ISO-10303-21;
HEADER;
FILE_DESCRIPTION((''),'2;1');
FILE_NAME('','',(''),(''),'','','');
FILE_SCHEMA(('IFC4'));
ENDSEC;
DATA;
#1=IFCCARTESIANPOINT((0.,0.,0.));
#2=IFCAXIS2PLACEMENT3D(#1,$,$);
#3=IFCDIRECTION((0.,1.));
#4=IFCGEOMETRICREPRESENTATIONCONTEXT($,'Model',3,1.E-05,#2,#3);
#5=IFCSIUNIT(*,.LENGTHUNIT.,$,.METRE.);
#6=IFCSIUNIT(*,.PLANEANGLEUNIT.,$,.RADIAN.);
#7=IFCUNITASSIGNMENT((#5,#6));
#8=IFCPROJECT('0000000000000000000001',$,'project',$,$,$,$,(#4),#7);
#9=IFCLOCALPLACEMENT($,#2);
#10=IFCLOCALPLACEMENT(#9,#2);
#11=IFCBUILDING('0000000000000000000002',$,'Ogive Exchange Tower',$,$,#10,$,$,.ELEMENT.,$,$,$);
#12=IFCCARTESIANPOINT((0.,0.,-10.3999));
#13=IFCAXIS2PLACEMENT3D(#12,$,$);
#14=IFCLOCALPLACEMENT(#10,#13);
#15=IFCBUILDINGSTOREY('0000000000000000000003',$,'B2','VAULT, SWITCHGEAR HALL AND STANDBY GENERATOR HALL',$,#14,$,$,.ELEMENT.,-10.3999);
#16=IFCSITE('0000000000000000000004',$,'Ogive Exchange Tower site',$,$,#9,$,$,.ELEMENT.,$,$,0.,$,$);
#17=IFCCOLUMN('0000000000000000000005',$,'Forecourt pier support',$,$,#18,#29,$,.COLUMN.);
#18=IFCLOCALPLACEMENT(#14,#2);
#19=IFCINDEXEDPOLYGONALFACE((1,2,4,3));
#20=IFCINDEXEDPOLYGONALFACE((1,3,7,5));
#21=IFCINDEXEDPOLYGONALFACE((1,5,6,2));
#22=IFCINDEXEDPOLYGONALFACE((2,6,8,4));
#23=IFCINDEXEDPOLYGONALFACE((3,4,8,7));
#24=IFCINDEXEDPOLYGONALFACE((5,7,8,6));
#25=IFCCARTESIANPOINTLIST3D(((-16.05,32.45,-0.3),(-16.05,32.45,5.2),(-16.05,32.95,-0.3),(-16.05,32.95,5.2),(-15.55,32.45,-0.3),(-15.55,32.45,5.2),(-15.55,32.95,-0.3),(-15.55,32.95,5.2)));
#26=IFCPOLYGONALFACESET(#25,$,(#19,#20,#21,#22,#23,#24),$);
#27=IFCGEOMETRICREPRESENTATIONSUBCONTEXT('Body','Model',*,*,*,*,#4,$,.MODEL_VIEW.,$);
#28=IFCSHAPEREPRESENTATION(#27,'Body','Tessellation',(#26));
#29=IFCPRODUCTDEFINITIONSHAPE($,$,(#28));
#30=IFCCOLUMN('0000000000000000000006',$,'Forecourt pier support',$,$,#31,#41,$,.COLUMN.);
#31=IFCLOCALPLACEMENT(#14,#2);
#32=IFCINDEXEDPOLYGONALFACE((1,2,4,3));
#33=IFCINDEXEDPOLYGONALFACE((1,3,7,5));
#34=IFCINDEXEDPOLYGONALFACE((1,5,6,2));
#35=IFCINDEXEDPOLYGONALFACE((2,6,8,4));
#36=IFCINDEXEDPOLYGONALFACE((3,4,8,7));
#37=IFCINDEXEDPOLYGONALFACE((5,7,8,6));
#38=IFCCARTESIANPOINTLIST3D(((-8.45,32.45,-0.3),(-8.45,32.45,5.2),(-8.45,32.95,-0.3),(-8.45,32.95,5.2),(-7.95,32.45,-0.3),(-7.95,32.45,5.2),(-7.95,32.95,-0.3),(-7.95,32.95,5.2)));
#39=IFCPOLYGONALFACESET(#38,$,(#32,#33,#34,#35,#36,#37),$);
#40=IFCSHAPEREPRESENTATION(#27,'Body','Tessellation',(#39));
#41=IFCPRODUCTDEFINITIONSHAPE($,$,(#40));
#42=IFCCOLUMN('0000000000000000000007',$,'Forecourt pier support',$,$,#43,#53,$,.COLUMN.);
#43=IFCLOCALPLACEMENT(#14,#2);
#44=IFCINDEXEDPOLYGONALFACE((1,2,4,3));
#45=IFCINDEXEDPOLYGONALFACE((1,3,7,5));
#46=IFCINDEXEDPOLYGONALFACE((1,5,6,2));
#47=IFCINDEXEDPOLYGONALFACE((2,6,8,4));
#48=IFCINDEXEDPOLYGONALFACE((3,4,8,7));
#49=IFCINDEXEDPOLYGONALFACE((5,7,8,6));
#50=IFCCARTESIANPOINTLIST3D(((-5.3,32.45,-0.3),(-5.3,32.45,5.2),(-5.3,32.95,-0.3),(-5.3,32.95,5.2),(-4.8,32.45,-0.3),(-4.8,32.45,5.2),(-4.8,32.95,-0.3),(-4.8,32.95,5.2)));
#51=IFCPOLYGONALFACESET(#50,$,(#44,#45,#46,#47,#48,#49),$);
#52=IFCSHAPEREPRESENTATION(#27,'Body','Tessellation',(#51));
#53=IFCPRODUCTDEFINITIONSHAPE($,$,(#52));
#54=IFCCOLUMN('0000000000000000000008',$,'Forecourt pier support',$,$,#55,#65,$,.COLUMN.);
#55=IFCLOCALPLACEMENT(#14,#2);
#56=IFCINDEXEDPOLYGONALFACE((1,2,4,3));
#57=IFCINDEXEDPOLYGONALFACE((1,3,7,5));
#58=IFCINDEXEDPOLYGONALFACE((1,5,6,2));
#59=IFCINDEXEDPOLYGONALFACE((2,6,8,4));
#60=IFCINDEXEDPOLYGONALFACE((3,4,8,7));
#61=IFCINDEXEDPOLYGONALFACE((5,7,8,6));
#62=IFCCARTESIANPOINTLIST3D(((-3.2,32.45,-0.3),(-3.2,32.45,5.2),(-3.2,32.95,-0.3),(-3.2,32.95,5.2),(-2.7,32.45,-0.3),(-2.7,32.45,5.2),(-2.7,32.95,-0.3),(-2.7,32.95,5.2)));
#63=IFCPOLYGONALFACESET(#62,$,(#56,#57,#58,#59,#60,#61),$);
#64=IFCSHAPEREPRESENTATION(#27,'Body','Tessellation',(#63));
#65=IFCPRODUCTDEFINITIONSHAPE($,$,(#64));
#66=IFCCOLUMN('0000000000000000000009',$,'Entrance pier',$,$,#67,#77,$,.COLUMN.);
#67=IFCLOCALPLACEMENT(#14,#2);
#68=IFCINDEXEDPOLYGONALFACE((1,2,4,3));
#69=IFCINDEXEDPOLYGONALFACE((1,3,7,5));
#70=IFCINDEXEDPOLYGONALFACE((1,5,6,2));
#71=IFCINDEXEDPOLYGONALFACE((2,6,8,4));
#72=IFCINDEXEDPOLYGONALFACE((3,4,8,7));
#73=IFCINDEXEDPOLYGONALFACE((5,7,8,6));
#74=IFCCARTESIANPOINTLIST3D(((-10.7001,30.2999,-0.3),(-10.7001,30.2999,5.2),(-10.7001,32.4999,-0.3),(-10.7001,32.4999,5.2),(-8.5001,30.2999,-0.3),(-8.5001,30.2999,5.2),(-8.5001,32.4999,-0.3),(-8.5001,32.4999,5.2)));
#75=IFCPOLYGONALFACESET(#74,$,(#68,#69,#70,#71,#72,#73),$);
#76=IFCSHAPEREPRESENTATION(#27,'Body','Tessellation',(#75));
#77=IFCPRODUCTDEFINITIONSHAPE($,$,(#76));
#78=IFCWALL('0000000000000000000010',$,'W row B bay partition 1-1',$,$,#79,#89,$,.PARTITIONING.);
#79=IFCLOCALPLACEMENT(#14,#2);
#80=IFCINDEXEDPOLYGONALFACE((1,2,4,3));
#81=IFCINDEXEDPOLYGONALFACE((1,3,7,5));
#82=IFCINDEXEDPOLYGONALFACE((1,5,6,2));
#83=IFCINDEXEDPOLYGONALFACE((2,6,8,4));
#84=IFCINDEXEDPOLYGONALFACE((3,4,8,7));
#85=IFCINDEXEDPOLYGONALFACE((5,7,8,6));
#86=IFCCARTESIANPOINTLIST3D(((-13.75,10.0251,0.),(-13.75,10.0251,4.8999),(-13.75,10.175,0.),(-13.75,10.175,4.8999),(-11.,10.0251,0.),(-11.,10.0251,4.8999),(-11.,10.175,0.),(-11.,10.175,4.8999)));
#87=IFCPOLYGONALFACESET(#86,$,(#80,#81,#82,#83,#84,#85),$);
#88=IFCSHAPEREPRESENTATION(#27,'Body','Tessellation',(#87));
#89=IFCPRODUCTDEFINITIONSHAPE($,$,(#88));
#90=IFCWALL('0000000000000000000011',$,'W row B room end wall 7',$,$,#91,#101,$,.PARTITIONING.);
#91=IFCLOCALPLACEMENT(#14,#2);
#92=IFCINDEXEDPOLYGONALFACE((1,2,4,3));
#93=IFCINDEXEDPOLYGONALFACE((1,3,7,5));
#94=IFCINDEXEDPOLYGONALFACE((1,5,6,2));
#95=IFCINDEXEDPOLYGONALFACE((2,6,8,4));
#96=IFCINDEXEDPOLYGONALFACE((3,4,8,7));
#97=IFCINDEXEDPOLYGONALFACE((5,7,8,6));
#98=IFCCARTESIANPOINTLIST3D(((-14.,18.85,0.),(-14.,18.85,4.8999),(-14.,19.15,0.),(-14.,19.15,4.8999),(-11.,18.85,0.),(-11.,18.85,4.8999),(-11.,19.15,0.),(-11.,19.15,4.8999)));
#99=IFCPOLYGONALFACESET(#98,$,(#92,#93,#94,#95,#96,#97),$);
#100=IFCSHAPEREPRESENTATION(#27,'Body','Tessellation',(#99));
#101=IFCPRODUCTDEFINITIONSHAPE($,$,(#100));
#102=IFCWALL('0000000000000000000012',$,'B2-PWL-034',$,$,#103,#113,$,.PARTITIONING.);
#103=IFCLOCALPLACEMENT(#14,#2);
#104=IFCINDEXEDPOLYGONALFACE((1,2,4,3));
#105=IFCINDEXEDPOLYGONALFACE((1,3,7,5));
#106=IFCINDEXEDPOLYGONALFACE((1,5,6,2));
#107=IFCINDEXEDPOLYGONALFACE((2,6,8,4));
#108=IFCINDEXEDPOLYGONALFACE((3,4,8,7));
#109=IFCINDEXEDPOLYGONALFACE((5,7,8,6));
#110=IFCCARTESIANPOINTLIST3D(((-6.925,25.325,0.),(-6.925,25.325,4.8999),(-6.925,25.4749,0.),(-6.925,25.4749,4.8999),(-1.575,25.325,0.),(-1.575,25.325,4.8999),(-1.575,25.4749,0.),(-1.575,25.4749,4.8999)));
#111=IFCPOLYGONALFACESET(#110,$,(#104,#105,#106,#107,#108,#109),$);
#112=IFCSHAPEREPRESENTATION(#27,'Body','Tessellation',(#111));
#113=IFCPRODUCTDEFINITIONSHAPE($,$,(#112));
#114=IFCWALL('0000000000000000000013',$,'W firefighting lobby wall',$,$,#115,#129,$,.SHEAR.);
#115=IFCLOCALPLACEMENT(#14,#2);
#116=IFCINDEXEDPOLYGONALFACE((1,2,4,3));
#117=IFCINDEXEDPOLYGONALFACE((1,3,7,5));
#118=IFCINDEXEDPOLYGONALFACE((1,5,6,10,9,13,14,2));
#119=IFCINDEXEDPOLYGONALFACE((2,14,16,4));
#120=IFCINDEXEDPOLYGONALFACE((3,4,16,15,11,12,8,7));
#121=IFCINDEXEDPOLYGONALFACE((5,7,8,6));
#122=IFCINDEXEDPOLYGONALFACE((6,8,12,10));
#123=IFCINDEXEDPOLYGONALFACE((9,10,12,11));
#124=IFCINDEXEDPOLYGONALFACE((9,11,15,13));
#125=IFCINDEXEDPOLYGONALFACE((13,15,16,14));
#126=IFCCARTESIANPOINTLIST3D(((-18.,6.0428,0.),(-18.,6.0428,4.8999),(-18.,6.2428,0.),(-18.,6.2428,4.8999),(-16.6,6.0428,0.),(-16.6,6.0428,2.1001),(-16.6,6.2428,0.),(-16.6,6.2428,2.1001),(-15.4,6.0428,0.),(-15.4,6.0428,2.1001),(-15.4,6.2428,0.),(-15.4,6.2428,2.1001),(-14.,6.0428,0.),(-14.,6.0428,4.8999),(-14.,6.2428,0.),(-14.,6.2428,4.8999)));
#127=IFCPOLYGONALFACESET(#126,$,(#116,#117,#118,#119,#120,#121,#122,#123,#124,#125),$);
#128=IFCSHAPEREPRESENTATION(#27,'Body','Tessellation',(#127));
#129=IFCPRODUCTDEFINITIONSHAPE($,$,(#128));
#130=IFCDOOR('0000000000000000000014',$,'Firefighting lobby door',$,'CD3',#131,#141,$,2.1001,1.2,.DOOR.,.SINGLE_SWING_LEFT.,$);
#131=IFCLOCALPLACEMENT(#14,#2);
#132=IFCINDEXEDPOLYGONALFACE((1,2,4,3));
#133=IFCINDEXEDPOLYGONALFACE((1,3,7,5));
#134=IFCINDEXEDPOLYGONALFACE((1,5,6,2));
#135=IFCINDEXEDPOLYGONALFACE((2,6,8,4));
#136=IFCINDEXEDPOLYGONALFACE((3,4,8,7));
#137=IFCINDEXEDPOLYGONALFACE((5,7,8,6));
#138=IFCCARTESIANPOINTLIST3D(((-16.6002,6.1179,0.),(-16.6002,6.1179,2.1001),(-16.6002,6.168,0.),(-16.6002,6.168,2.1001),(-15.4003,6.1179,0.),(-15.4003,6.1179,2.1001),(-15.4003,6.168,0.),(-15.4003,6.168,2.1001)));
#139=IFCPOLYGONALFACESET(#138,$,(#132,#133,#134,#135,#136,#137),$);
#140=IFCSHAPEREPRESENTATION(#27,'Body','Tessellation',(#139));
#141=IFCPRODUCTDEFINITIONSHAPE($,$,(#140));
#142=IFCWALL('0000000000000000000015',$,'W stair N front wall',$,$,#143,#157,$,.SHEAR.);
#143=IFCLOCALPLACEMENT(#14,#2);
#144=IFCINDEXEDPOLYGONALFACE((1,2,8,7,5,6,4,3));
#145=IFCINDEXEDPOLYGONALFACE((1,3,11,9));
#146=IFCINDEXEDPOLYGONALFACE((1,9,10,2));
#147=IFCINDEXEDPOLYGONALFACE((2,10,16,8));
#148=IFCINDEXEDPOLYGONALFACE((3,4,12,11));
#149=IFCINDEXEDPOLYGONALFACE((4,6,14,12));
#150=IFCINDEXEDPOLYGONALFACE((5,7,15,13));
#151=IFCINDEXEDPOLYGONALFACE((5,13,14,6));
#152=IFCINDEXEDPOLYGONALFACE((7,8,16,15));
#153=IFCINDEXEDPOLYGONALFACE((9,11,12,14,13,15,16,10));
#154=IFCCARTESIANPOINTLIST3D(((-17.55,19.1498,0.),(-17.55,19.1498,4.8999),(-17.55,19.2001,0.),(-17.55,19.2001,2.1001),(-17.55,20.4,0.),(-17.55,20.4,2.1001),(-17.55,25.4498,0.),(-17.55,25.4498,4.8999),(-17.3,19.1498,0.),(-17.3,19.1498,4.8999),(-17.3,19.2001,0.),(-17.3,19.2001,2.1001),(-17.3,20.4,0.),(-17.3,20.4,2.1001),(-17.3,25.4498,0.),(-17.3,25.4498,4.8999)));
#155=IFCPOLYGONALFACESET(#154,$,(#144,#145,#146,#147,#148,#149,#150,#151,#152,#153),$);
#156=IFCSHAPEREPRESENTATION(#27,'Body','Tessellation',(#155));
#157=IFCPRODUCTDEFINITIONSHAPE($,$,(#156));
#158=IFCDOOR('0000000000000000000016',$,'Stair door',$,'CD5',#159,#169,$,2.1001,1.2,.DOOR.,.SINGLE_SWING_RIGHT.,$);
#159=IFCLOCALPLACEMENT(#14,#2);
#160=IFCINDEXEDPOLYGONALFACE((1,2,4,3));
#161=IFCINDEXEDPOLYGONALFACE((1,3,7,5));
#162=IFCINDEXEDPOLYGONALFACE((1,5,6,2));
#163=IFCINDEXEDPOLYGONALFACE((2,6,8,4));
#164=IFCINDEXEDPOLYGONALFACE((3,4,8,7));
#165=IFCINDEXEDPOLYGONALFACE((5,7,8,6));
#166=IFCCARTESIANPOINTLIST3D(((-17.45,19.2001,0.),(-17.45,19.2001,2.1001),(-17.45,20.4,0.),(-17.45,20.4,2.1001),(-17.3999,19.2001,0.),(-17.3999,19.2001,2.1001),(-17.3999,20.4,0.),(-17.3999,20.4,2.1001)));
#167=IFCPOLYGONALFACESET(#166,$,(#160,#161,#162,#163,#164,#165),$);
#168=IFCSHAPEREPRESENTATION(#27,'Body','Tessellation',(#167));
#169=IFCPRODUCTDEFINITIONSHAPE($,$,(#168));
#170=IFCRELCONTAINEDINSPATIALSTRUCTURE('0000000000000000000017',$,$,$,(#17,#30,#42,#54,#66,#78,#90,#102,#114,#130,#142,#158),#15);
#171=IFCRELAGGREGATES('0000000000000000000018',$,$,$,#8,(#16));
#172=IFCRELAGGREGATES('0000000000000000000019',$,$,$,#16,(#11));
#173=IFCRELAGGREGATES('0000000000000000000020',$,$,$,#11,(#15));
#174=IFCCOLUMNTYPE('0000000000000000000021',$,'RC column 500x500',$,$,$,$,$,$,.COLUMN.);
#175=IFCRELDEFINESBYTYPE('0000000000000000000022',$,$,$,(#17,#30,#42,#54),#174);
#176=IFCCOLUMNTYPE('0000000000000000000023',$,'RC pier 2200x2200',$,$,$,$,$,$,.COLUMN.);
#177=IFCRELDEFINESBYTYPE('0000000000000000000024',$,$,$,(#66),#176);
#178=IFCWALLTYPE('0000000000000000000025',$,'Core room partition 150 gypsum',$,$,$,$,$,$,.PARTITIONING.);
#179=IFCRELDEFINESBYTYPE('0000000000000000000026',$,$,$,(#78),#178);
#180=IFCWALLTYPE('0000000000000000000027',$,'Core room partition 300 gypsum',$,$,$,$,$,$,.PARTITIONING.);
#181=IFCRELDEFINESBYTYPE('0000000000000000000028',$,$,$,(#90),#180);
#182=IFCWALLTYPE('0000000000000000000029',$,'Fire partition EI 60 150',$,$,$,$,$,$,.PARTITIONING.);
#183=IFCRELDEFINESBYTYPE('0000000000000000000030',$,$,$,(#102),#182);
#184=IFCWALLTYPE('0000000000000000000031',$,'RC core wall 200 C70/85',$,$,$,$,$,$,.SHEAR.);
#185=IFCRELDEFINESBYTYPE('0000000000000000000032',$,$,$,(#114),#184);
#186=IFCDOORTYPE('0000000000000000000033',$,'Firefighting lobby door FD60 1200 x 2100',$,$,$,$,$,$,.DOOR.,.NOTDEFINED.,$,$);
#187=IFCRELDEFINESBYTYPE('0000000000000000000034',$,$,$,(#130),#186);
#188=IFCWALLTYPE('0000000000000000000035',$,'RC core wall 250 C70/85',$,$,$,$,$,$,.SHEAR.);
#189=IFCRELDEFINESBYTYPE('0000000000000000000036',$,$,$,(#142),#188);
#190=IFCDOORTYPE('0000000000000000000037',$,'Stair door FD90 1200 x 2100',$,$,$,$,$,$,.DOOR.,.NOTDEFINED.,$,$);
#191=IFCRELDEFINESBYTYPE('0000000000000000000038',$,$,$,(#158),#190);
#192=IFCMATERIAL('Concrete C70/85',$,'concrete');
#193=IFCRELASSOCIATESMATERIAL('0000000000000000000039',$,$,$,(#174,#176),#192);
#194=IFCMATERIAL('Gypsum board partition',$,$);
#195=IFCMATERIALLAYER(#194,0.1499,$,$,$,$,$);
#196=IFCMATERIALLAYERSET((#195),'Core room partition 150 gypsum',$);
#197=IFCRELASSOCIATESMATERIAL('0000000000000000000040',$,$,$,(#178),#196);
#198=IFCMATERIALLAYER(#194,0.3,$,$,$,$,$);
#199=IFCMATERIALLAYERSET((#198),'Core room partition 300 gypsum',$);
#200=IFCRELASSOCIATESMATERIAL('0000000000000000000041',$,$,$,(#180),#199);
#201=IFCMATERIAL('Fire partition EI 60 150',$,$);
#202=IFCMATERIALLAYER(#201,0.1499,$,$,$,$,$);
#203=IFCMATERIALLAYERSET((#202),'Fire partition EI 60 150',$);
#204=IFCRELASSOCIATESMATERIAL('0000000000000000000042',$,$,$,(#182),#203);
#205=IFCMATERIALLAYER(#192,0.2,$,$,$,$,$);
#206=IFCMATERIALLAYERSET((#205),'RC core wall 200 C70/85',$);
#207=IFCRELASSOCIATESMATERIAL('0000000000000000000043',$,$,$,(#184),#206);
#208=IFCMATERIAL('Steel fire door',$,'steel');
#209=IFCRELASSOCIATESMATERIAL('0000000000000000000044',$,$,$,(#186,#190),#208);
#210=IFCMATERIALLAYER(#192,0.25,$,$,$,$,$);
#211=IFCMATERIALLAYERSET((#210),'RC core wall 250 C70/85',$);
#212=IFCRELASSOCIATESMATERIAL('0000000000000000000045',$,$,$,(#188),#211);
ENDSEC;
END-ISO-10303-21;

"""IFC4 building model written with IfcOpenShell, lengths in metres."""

from ifc_helpers import new_model, si_unit, direction, frame, frame_2d, origin, origin_2d, place, context, subcontext, project, spatial, rectangle, extrude, material, layer, layer_set, material_profile, profile_set, type_object, element, fill, save


model = new_model("IFC4")

# Units and contexts
model_context = context("Model", 3, precision=1e-05, world=origin(), true_north=direction((0.0, 1.0)))
body_context = subcontext(model_context, "Body", "Model", "MODEL_VIEW")
ifc_project = project(units=[si_unit("LENGTHUNIT", "METRE"), si_unit("PLANEANGLEUNIT", "RADIAN")], contexts=[model_context])

# Site, building, storey
site_placement = place(None, origin())
site = spatial("IfcSite", under=ifc_project, at=site_placement, Name="Ogive Exchange Tower site", CompositionType="ELEMENT", RefElevation=0.0)
building_placement = place(site_placement, origin())
building = spatial("IfcBuilding", under=site, at=building_placement, Name="Ogive Exchange Tower", CompositionType="ELEMENT")
storey_placement = place(building_placement, frame((0.0, 0.0, -10.3999)))
storey = spatial("IfcBuildingStorey", under=building, at=storey_placement, Name="B2", Description="VAULT, SWITCHGEAR HALL AND STANDBY GENERATOR HALL", CompositionType="ELEMENT", Elevation=-10.3999)

# Columns
ifc_material_1 = material(Name="Concrete C70/85", Category="concrete")
ifc_material_profile_1 = material_profile(ifc_material_1, rectangle(XDim=0.5, YDim=0.5, at=origin_2d()), Name="RC 500x500")
ifc_profile_set_1 = profile_set([ifc_material_profile_1], Name="Concrete C70/85")
column_type_1 = type_object("IfcColumnType", Name="RC column 500x500", PredefinedType="COLUMN", material=ifc_profile_set_1)
for number, where, z_axis, x_axis, name in (
    (1, (-15.8, 32.7, -0.3), (0.0, 0.0, 1.0), (1.0, 0.0, 0.0), "Forecourt pier support"),
    (2, (-8.2, 32.7, -0.3), (0.0, 0.0, 1.0), (1.0, 0.0, 0.0), "Forecourt pier support"),
    (3, (-5.05, 32.7, -0.3), (0.0, 0.0, 1.0), (1.0, 0.0, 0.0), "Forecourt pier support"),
    (4, (-2.95, 32.7, -0.3), (0.0, 0.0, 1.0), (1.0, 0.0, 0.0), "Forecourt pier support"),
):
    element("IfcColumn", number, at=place(storey_placement, frame(where, z_axis=z_axis, x_axis=x_axis)), inside=storey, type_object=column_type_1, Name=name, PredefinedType="COLUMN", context=body_context, shape_type="SweptSolid", body=[
        extrude(rectangle(XDim=0.5, YDim=0.5, at=origin_2d()), origin(), (0.0, 0.0, 1.0), 5.5),
    ])
ifc_material_profile_2 = material_profile(ifc_material_1, rectangle(XDim=2.2, YDim=2.2, at=origin_2d()), Name="RC 2200x2200")
ifc_profile_set_2 = profile_set([ifc_material_profile_2], Name="Concrete C70/85")
column_type_2 = type_object("IfcColumnType", Name="RC pier 2200x2200", PredefinedType="COLUMN", material=ifc_profile_set_2)
column_placement = place(storey_placement, frame((-9.6001, 31.3999, -0.3), z_axis=(0.0, 0.0, 1.0), x_axis=(1.0, 0.0, 0.0)))
element("IfcColumn", 5, at=column_placement, inside=storey, type_object=column_type_2, Name="Entrance pier", PredefinedType="COLUMN", context=body_context, shape_type="SweptSolid", body=[
    extrude(rectangle(XDim=2.2, YDim=2.2, at=origin_2d()), origin(), (0.0, 0.0, 1.0), 5.5),
])

# Walls
ifc_material_2 = material(Name="Gypsum board partition")
ifc_layer_1 = layer(ifc_material_2, 0.1499)
ifc_layer_set_1 = layer_set([ifc_layer_1], Name="Core room partition 150 gypsum")
wall_type_1 = type_object("IfcWallType", Name="Core room partition 150 gypsum", PredefinedType="PARTITIONING", material=ifc_layer_set_1)
wall_1_placement = place(storey_placement, frame((-13.75, 10.1001, 0.0), z_axis=(0.0, 0.0, 1.0), x_axis=(1.0, 0.0, 0.0)))
element("IfcWall", 6, at=wall_1_placement, inside=storey, type_object=wall_type_1, Name="W row B bay partition 1-1", PredefinedType="PARTITIONING", context=body_context, shape_type="SweptSolid", body=[
    extrude(rectangle(XDim=2.75, YDim=0.1499, at=frame_2d((1.375, 0.0))), origin(), (0.0, 0.0, 1.0), 4.8999),
])
ifc_layer_2 = layer(ifc_material_2, 0.3)
ifc_layer_set_2 = layer_set([ifc_layer_2], Name="Core room partition 300 gypsum")
wall_type_2 = type_object("IfcWallType", Name="Core room partition 300 gypsum", PredefinedType="PARTITIONING", material=ifc_layer_set_2)
wall_2_placement = place(storey_placement, frame((-14.0, 19.0, 0.0), z_axis=(0.0, 0.0, 1.0), x_axis=(1.0, 0.0, 0.0)))
element("IfcWall", 7, at=wall_2_placement, inside=storey, type_object=wall_type_2, Name="W row B room end wall 7", PredefinedType="PARTITIONING", context=body_context, shape_type="SweptSolid", body=[
    extrude(rectangle(XDim=3.0, YDim=0.3, at=frame_2d((1.5, 0.0))), origin(), (0.0, 0.0, 1.0), 4.8999),
])
ifc_material_3 = material(Name="Fire partition EI 60 150")
ifc_layer_3 = layer(ifc_material_3, 0.1499)
ifc_layer_set_3 = layer_set([ifc_layer_3], Name="Fire partition EI 60 150")
wall_type_3 = type_object("IfcWallType", Name="Fire partition EI 60 150", PredefinedType="PARTITIONING", material=ifc_layer_set_3)
wall_3_placement = place(storey_placement, frame((-6.925, 25.3999, 0.0), z_axis=(0.0, 0.0, 1.0), x_axis=(1.0, 0.0, 0.0)))
element("IfcWall", 8, at=wall_3_placement, inside=storey, type_object=wall_type_3, Name="B2-PWL-034", PredefinedType="PARTITIONING", context=body_context, shape_type="SweptSolid", body=[
    extrude(rectangle(XDim=5.3501, YDim=0.1499, at=frame_2d((2.675, 0.0))), origin(), (0.0, 0.0, 1.0), 4.8999),
])

# Walls, openings, doors
ifc_layer_4 = layer(ifc_material_1, 0.2)
ifc_layer_set_4 = layer_set([ifc_layer_4], Name="RC core wall 200 C70/85")
wall_type_4 = type_object("IfcWallType", Name="RC core wall 200 C70/85", PredefinedType="SHEAR", material=ifc_layer_set_4)
wall_4_placement = place(storey_placement, frame((-18.0, 6.1428, 0.0), z_axis=(0.0, 0.0, 1.0), x_axis=(1.0, 0.0, 0.0)))
wall_4 = element("IfcWall", 9, at=wall_4_placement, inside=storey, type_object=wall_type_4, Name="W firefighting lobby wall", PredefinedType="SHEAR", context=body_context, shape_type="SweptSolid", body=[
    extrude(rectangle(XDim=4.0, YDim=0.2, at=frame_2d((2.0, 0.0))), origin(), (0.0, 0.0, 1.0), 4.8999),
])
opening_1_placement = place(wall_4_placement, frame((1.3999, 0.0, 0.0)))
opening_1 = element("IfcOpeningElement", 10, at=opening_1_placement, cuts=wall_4, PredefinedType="OPENING", context=body_context, shape_type="SweptSolid", body=[
    extrude(rectangle(XDim=1.2, YDim=2.1001, at=frame_2d((0.6001, 1.05))), frame((0.0, 0.1099, 0.0), z_axis=(0.0, -1.0, 0.0), x_axis=(1.0, 0.0, 0.0)), (0.0, 0.0, 1.0), 0.22),
])
ifc_material_4 = material(Name="Steel fire door", Category="steel")
door_type_1 = type_object("IfcDoorType", Name="Firefighting lobby door FD60 1200 x 2100", OperationType="NOTDEFINED", PredefinedType="DOOR", material=ifc_material_4)
door_1_placement = place(opening_1_placement, frame((1.2, 0.0, 0.0), z_axis=(0.0, 0.0, 1.0), x_axis=(-1.0, 0.0, 0.0)))
door_1 = element("IfcDoor", 11, at=door_1_placement, inside=storey, type_object=door_type_1, Name="Firefighting lobby door", ObjectType="CD3", OperationType="SINGLE_SWING_LEFT", OverallHeight=2.1001, OverallWidth=1.2, PredefinedType="DOOR", context=body_context, shape_type="SweptSolid", body=[
    extrude(rectangle(XDim=1.2, YDim=2.1001, at=frame_2d((0.6001, 1.05))), frame((0.0, 0.0249, 0.0), z_axis=(0.0, -1.0, 0.0), x_axis=(1.0, 0.0, 0.0)), (0.0, 0.0, 1.0), 0.05),
])
fill(opening_1, door_1)
ifc_layer_5 = layer(ifc_material_1, 0.25)
ifc_layer_set_5 = layer_set([ifc_layer_5], Name="RC core wall 250 C70/85")
wall_type_5 = type_object("IfcWallType", Name="RC core wall 250 C70/85", PredefinedType="SHEAR", material=ifc_layer_set_5)
wall_5_placement = place(storey_placement, frame((-17.425, 19.1499, 0.0), z_axis=(0.0, 0.0, 1.0), x_axis=(0.0, 1.0, 0.0)))
wall_5 = element("IfcWall", 12, at=wall_5_placement, inside=storey, type_object=wall_type_5, Name="W stair N front wall", PredefinedType="SHEAR", context=body_context, shape_type="SweptSolid", body=[
    extrude(rectangle(XDim=6.3, YDim=0.25, at=frame_2d((3.1499, 0.0))), origin(), (0.0, 0.0, 1.0), 4.8999),
])
opening_2_placement = place(wall_5_placement, frame((0.05, 0.0, 0.0)))
opening_2 = element("IfcOpeningElement", 13, at=opening_2_placement, cuts=wall_5, PredefinedType="OPENING", context=body_context, shape_type="SweptSolid", body=[
    extrude(rectangle(XDim=1.2, YDim=2.1001, at=frame_2d((0.6001, 1.05))), frame((0.0, 0.135, 0.0), z_axis=(0.0, -1.0, 0.0), x_axis=(1.0, 0.0, 0.0)), (0.0, 0.0, 1.0), 0.27),
])
door_type_2 = type_object("IfcDoorType", Name="Stair door FD90 1200 x 2100", OperationType="NOTDEFINED", PredefinedType="DOOR", material=ifc_material_4)
door_2_placement = place(opening_2_placement, origin())
door_2 = element("IfcDoor", 14, at=door_2_placement, inside=storey, type_object=door_type_2, Name="Stair door", ObjectType="CD5", OperationType="SINGLE_SWING_RIGHT", OverallHeight=2.1001, OverallWidth=1.2, PredefinedType="DOOR", context=body_context, shape_type="SweptSolid", body=[
    extrude(rectangle(XDim=1.2, YDim=2.1001, at=frame_2d((0.6001, 1.05))), frame((0.0, 0.0249, 0.0), z_axis=(0.0, -1.0, 0.0), x_axis=(1.0, 0.0, 0.0)), (0.0, 0.0, 1.0), 0.05),
])
fill(opening_2, door_2)

save(model, "model.ifc")
